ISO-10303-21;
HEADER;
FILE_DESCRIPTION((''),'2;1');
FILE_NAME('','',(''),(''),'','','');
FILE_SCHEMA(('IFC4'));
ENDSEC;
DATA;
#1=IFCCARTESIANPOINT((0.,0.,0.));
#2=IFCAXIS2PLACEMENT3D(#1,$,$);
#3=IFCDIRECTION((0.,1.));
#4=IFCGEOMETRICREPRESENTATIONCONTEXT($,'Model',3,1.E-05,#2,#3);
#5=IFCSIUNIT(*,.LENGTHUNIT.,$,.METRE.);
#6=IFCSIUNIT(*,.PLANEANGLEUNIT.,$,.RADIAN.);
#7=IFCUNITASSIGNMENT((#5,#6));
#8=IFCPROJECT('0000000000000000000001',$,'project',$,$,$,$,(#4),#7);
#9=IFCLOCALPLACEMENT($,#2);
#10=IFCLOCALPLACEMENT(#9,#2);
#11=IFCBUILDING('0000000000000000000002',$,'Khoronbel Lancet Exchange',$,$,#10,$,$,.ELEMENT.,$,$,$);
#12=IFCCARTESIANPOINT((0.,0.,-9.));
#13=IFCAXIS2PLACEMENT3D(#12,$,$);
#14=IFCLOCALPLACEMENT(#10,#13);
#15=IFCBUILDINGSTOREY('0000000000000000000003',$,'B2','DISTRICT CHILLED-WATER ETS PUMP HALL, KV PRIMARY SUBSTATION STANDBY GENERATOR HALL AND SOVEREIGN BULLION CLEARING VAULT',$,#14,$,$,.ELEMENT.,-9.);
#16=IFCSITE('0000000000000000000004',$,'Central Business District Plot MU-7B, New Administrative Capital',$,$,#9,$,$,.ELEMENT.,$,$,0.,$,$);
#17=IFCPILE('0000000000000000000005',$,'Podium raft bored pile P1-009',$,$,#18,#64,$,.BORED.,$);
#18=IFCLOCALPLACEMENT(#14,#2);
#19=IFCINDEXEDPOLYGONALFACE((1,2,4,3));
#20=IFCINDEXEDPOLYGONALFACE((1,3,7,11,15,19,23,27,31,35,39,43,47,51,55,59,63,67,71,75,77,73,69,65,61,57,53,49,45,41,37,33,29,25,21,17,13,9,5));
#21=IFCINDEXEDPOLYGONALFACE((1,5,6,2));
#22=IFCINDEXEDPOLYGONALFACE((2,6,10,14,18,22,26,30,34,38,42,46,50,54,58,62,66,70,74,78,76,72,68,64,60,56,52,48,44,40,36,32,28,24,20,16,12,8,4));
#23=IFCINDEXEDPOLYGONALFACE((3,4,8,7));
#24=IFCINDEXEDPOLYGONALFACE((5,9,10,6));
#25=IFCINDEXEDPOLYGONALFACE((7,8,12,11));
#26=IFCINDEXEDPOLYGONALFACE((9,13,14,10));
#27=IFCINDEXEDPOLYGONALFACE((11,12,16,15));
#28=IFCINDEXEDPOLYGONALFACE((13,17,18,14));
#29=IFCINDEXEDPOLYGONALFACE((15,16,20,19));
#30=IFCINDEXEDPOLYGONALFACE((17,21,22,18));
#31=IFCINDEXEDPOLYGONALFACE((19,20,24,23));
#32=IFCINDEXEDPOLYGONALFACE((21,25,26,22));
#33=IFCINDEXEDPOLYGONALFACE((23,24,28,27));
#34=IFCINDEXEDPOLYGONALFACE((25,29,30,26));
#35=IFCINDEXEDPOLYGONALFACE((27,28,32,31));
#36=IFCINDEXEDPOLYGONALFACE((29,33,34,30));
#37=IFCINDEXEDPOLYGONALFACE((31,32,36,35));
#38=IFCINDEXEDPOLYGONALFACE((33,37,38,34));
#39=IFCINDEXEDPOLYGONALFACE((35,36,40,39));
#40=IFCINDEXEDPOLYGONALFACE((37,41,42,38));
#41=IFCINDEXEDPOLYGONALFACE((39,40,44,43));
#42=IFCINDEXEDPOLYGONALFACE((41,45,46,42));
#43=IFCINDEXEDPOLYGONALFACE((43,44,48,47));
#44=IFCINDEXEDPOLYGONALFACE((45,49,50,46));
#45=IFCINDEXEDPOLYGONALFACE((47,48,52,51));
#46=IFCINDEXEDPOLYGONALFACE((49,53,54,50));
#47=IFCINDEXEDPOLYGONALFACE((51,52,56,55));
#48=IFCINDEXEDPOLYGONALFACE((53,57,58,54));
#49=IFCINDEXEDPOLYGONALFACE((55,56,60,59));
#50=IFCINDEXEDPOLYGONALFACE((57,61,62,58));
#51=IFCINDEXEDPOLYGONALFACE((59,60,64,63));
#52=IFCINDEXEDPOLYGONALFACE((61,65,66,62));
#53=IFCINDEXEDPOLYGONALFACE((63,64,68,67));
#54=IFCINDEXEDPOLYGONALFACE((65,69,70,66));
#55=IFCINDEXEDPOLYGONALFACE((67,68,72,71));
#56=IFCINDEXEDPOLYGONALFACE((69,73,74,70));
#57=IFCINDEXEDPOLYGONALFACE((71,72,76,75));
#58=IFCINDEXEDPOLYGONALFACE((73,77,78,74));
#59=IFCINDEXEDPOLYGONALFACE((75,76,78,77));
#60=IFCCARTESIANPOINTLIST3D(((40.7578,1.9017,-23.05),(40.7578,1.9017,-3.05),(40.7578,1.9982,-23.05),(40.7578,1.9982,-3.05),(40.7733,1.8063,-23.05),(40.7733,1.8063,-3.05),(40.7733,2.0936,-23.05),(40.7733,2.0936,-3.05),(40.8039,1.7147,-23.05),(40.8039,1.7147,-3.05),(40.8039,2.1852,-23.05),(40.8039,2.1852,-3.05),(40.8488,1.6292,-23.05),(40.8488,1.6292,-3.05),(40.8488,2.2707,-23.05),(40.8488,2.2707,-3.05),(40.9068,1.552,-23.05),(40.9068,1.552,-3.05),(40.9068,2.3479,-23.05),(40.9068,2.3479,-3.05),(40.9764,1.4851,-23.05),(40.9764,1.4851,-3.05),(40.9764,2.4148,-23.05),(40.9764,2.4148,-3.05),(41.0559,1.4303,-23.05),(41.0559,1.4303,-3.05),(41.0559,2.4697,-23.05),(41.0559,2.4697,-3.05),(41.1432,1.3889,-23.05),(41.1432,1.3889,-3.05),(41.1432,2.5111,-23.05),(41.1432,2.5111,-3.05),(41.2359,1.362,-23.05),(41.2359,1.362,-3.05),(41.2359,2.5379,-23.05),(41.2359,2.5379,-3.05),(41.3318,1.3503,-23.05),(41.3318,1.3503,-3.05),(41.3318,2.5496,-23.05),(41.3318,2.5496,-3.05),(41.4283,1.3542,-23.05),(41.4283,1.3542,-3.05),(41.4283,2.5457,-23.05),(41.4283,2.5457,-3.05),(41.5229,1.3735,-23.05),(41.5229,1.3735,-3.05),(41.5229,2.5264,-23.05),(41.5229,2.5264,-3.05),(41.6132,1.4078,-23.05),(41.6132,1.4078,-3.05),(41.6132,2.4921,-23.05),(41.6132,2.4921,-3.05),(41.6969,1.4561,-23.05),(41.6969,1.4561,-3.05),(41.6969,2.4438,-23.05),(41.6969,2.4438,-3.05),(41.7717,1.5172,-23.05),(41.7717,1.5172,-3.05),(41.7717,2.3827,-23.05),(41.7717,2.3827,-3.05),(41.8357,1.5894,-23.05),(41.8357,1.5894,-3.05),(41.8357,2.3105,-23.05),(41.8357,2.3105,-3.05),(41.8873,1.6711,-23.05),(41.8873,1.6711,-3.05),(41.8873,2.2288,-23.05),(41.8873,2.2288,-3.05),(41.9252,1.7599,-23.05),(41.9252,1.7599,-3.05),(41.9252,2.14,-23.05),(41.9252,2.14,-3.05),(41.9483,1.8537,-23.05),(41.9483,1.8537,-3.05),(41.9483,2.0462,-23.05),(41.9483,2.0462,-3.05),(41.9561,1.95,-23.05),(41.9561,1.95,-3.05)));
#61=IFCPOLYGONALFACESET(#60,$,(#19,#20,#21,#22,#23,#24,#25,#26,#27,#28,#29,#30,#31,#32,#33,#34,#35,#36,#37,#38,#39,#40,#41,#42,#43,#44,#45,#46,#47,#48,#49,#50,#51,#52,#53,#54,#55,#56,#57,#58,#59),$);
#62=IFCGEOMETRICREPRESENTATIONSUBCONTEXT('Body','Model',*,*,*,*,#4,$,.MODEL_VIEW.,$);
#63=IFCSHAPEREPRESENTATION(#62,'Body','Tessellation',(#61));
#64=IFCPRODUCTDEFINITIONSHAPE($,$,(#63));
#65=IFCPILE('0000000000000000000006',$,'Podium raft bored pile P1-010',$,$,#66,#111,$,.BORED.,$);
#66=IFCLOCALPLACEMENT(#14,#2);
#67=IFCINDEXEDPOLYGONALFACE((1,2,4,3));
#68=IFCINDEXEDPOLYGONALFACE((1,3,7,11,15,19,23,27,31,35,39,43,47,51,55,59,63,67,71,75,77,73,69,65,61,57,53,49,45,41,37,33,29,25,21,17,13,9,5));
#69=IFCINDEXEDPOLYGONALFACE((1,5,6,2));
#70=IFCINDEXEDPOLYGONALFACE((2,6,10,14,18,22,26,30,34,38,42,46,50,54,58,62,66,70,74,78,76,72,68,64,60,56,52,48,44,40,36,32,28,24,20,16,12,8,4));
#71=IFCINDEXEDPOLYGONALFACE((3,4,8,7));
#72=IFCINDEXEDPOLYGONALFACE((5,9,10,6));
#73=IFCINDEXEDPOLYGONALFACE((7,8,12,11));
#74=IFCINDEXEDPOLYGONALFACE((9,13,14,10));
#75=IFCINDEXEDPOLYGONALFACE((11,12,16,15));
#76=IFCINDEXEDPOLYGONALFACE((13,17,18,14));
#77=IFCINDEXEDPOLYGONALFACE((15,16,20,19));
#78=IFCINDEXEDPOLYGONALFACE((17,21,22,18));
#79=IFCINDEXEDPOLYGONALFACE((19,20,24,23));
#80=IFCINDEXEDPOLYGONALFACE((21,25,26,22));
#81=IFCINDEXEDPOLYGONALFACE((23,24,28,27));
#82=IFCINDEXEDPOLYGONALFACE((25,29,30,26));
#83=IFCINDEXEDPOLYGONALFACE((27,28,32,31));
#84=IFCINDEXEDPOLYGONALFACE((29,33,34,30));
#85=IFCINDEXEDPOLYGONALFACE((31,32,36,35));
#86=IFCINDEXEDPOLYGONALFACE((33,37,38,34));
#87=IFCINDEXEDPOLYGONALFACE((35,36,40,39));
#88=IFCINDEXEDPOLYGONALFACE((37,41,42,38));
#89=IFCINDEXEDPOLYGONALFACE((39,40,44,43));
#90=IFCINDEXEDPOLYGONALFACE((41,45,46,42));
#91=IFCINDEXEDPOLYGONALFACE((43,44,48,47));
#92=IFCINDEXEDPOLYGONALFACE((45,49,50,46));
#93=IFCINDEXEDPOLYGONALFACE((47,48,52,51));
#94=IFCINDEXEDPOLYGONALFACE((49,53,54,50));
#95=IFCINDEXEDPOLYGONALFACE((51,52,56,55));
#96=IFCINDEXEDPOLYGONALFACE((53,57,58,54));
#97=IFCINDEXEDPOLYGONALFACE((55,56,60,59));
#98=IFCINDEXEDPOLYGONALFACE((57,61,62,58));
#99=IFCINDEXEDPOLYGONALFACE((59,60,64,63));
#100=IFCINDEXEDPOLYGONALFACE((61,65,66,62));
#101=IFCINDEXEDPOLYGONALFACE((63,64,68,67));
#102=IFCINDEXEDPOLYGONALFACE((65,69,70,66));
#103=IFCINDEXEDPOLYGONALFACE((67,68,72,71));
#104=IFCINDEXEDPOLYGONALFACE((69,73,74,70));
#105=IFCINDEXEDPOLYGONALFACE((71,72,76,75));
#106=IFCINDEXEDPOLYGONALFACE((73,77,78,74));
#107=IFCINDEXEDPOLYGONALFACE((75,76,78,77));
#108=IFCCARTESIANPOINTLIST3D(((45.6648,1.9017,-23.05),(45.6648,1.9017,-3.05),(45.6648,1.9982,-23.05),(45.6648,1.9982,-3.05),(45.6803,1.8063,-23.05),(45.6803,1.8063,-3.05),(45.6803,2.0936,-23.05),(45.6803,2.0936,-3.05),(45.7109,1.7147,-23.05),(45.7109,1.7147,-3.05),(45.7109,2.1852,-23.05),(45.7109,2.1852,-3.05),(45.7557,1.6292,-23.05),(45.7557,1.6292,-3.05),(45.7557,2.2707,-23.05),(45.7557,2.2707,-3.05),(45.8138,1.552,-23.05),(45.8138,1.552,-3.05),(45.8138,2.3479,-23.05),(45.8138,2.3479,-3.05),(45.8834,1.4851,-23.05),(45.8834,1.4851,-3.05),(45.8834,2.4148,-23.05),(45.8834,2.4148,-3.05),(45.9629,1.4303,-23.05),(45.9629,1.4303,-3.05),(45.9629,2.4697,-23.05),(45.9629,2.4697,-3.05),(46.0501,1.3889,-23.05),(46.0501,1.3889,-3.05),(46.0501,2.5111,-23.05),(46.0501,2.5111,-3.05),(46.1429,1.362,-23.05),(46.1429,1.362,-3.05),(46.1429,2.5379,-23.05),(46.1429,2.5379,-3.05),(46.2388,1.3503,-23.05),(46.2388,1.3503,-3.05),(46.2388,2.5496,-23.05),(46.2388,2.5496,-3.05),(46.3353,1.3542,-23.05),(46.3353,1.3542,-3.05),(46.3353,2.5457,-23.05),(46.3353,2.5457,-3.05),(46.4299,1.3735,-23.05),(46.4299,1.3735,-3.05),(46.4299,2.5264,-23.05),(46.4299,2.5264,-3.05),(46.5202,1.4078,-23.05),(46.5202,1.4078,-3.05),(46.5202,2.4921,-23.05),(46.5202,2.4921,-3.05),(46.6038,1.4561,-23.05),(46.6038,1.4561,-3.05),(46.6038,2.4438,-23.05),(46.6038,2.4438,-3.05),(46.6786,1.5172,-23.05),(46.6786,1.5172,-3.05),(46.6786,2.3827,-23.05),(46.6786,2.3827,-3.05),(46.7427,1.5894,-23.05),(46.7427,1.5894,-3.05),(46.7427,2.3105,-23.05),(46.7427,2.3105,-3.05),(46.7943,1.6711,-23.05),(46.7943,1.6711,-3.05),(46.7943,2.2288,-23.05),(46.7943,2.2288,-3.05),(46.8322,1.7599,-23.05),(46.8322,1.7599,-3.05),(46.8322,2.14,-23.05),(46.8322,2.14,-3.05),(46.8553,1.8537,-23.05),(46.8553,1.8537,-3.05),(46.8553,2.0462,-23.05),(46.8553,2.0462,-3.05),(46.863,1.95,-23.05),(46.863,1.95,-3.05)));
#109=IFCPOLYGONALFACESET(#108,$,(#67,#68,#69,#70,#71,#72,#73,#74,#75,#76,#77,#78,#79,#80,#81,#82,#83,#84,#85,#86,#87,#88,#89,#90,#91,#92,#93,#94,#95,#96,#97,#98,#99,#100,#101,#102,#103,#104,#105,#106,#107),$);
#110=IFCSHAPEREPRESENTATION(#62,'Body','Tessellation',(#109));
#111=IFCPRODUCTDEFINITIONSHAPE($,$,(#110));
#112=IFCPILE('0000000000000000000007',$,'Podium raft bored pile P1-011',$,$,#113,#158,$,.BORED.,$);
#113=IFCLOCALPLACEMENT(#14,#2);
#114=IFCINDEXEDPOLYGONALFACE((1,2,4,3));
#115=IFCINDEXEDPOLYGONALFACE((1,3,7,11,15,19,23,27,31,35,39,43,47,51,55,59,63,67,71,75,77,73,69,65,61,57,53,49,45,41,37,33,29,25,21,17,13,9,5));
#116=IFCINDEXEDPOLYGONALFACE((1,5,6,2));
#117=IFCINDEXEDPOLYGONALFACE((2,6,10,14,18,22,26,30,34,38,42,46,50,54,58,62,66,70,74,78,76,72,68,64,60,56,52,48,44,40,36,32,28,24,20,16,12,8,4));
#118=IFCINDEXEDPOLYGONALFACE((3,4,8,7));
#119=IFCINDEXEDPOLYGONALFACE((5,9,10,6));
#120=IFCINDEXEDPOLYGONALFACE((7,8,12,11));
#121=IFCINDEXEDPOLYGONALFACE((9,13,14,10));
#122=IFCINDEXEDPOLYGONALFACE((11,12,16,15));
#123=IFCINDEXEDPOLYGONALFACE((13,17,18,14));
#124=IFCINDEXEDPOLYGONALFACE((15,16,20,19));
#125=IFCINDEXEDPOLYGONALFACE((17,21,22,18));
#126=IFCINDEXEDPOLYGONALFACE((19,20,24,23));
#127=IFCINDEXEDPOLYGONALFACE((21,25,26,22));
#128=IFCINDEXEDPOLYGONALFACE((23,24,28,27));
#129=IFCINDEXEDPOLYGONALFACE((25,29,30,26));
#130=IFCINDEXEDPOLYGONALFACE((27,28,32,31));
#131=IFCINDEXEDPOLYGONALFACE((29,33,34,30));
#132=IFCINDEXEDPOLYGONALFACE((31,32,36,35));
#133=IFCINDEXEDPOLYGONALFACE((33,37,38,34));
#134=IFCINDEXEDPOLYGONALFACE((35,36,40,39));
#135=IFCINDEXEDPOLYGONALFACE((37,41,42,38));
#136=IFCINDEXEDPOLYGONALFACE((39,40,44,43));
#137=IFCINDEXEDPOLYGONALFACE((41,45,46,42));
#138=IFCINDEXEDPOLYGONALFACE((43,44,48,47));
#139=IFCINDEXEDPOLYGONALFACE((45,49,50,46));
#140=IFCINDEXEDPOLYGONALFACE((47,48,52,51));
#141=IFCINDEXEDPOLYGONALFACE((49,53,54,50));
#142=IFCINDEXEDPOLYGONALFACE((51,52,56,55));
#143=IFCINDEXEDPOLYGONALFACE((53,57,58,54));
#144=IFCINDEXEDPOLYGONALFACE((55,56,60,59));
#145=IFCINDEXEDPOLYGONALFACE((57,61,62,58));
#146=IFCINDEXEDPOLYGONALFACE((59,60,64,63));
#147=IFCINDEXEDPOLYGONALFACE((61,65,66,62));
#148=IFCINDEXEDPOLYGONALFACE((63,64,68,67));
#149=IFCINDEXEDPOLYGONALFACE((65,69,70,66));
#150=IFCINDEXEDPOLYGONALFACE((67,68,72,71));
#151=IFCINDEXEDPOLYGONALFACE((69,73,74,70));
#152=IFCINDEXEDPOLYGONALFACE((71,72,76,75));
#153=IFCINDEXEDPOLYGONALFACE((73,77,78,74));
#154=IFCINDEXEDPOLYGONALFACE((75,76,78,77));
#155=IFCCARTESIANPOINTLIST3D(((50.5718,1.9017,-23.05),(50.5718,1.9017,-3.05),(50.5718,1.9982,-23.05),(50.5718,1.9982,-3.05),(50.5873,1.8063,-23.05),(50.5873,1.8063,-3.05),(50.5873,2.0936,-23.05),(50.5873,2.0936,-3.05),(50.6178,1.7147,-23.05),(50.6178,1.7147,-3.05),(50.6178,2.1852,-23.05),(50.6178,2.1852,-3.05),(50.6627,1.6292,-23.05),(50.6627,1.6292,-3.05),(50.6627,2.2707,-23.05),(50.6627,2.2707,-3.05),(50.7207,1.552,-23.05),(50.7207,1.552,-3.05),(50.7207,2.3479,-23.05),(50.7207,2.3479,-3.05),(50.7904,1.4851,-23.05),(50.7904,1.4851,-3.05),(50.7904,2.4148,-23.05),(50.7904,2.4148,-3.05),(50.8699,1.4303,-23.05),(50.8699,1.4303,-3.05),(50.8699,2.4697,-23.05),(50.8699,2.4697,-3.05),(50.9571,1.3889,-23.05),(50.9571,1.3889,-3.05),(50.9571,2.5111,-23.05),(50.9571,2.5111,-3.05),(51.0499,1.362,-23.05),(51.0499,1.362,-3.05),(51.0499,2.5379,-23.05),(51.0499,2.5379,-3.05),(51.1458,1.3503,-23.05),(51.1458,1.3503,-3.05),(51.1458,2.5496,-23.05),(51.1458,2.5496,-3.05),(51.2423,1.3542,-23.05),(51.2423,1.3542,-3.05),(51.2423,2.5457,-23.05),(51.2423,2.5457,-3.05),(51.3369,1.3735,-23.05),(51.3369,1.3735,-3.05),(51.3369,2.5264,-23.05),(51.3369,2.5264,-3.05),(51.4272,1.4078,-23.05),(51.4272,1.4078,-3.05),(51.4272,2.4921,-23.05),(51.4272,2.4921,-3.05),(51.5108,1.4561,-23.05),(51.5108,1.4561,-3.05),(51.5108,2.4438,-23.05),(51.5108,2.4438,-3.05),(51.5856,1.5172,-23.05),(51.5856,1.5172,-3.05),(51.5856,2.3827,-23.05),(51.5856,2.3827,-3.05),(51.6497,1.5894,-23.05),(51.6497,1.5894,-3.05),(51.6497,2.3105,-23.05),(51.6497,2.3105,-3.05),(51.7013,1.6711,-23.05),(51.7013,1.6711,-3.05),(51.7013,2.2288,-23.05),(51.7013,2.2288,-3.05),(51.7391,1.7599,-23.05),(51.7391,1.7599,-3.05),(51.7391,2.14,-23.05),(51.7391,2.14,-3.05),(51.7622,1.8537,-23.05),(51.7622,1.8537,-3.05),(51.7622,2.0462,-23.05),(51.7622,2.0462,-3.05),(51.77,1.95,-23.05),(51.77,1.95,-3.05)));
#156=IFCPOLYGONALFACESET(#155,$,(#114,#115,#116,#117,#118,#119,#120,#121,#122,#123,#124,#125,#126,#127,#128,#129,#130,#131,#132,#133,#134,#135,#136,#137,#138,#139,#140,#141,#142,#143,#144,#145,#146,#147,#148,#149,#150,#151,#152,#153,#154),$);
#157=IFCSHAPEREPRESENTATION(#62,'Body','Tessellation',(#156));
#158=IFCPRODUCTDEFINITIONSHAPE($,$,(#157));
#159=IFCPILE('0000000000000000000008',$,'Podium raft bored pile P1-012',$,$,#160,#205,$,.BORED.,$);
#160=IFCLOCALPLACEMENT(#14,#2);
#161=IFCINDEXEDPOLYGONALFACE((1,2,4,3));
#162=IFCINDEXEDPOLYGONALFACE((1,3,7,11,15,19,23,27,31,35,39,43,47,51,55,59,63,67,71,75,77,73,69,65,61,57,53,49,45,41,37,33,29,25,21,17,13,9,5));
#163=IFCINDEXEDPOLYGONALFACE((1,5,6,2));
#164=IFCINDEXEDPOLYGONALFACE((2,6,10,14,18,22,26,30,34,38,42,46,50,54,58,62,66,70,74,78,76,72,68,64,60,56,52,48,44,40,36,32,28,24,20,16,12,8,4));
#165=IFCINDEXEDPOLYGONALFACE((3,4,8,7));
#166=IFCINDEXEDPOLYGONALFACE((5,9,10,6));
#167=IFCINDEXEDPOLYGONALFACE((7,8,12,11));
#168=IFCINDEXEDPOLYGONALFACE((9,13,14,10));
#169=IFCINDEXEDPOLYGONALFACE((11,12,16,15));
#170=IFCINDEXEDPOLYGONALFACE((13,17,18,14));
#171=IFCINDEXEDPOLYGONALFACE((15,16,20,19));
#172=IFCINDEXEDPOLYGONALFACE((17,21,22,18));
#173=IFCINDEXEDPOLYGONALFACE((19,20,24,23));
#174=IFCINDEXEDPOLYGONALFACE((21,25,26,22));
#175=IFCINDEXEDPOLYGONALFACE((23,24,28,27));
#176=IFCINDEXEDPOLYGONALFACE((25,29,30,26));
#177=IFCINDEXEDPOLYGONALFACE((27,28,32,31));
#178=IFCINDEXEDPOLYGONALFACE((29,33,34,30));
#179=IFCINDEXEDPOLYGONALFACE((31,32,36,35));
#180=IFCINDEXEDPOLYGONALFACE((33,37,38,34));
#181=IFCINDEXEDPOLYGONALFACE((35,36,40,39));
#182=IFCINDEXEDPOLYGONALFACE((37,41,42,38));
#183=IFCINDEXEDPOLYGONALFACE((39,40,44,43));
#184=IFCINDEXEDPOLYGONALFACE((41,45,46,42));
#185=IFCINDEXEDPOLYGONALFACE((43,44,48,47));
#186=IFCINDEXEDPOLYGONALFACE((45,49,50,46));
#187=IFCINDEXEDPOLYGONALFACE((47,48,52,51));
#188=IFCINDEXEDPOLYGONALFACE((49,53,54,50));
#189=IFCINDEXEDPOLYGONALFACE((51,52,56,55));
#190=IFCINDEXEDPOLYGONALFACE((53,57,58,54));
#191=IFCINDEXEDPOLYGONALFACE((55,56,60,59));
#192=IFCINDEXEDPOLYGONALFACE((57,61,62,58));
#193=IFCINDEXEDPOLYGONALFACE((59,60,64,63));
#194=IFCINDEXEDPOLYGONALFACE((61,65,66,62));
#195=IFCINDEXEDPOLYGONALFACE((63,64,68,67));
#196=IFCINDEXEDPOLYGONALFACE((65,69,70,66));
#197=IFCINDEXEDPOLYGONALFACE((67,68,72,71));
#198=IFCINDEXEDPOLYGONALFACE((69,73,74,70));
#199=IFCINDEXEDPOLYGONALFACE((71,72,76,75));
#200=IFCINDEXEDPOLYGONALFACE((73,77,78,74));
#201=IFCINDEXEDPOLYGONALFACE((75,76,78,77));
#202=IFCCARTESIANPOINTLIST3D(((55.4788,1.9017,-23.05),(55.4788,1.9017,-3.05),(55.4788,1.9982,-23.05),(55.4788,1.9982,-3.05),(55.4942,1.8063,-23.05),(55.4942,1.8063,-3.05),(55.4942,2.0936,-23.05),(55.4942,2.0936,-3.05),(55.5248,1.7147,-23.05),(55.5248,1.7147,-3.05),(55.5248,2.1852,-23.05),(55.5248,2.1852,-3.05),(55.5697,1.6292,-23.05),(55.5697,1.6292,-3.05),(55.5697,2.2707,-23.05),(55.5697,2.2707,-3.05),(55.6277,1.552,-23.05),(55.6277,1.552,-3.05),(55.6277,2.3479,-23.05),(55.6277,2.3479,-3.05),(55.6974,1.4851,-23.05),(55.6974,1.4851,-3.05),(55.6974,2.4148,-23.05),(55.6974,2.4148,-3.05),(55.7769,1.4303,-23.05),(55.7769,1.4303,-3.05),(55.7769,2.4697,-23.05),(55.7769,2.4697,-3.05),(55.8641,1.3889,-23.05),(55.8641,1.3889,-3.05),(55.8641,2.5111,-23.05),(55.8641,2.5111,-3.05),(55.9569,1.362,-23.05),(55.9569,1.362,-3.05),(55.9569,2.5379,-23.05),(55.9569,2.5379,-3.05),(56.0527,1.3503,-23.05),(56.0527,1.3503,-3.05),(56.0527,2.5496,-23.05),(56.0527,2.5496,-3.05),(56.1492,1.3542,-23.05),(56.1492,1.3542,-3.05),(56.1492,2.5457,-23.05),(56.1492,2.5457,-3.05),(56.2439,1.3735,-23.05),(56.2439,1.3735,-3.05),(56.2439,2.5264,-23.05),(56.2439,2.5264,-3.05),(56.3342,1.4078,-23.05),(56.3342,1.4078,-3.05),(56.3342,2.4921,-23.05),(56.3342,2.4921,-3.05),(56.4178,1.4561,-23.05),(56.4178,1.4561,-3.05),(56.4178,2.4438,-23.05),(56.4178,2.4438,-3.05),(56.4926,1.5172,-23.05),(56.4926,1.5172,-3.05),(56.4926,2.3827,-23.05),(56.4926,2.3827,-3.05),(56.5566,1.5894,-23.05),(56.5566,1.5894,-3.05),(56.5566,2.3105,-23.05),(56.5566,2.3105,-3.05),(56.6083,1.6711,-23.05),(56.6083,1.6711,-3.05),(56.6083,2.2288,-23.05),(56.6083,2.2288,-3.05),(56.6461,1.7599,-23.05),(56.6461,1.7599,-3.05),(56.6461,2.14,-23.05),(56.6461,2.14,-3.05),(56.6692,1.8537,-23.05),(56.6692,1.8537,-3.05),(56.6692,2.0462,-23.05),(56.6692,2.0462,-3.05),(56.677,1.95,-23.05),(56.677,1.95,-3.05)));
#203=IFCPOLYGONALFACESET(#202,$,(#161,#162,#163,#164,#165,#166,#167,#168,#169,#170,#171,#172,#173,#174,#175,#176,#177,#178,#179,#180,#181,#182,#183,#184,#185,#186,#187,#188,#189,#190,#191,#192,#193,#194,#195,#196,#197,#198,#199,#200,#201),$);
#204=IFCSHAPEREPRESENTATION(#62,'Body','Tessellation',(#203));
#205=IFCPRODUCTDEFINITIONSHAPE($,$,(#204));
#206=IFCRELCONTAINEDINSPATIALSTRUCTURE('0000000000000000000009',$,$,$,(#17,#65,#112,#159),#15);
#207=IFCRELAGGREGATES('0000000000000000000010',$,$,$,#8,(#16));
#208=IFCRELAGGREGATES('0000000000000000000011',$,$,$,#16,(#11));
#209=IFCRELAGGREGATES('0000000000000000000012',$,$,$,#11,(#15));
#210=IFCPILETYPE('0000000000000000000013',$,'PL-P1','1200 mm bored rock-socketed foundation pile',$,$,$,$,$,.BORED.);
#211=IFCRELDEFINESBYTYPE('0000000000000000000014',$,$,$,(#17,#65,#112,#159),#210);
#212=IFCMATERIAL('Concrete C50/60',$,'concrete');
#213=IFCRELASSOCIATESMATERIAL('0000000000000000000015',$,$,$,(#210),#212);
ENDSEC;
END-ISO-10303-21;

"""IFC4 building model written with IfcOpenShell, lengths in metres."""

from ifc_helpers import new_model, si_unit, direction, frame, origin, origin_2d, place, context, subcontext, project, spatial, circle, extrude, material, material_profile, profile_set, type_object, element, save


model = new_model("IFC4")

# Units and contexts
model_context = context("Model", 3, precision=1e-05, world=origin(), true_north=direction((0.0, 1.0)))
body_context = subcontext(model_context, "Body", "Model", "MODEL_VIEW")
ifc_project = project(units=[si_unit("LENGTHUNIT", "METRE"), si_unit("PLANEANGLEUNIT", "RADIAN")], contexts=[model_context])

# Site, building, storey
site_placement = place(None, origin())
site = spatial("IfcSite", under=ifc_project, at=site_placement, Name="Central Business District Plot MU-7B, New Administrative Capital", CompositionType="ELEMENT", RefElevation=0.0)
building_placement = place(site_placement, origin())
building = spatial("IfcBuilding", under=site, at=building_placement, Name="Khoronbel Lancet Exchange", CompositionType="ELEMENT")
storey_placement = place(building_placement, frame((0.0, 0.0, -9.0)))
storey = spatial("IfcBuildingStorey", under=building, at=storey_placement, Name="B2", Description="DISTRICT CHILLED-WATER ETS PUMP HALL, KV PRIMARY SUBSTATION STANDBY GENERATOR HALL AND SOVEREIGN BULLION CLEARING VAULT", CompositionType="ELEMENT", Elevation=-9.0)

# Piles
ifc_material_1 = material(Name="Concrete C50/60", Category="concrete")
ifc_material_profile_1 = material_profile(ifc_material_1, circle(Radius=0.6001, at=origin_2d()), Name="BORED PILE D1200")
ifc_profile_set_1 = profile_set([ifc_material_profile_1], Name="Concrete C50/60")
pile_type_1 = type_object("IfcPileType", Name="PL-P1", Description="1200 mm bored rock-socketed foundation pile", PredefinedType="BORED", material=ifc_profile_set_1)
for number, where, z_axis, x_axis, name in (
    (1, (41.356, 1.95, -3.05), (0.0, 0.0, -1.0), (1.0, 0.0, 0.0), "Podium raft bored pile P1-009"),
    (2, (46.2629, 1.95, -3.05), (0.0, 0.0, -1.0), (1.0, 0.0, 0.0), "Podium raft bored pile P1-010"),
    (3, (51.1699, 1.95, -3.05), (0.0, 0.0, -1.0), (1.0, 0.0, 0.0), "Podium raft bored pile P1-011"),
    (4, (56.0769, 1.95, -3.05), (0.0, 0.0, -1.0), (1.0, 0.0, 0.0), "Podium raft bored pile P1-012"),
):
    element("IfcPile", number, at=place(storey_placement, frame(where, z_axis=z_axis, x_axis=x_axis)), inside=storey, type_object=pile_type_1, Name=name, PredefinedType="BORED", context=body_context, shape_type="SweptSolid", body=[
        extrude(circle(Radius=0.6001, at=origin_2d()), origin(), (0.0, 0.0, 1.0), 20.0),
    ])

save(model, "model.ifc")
